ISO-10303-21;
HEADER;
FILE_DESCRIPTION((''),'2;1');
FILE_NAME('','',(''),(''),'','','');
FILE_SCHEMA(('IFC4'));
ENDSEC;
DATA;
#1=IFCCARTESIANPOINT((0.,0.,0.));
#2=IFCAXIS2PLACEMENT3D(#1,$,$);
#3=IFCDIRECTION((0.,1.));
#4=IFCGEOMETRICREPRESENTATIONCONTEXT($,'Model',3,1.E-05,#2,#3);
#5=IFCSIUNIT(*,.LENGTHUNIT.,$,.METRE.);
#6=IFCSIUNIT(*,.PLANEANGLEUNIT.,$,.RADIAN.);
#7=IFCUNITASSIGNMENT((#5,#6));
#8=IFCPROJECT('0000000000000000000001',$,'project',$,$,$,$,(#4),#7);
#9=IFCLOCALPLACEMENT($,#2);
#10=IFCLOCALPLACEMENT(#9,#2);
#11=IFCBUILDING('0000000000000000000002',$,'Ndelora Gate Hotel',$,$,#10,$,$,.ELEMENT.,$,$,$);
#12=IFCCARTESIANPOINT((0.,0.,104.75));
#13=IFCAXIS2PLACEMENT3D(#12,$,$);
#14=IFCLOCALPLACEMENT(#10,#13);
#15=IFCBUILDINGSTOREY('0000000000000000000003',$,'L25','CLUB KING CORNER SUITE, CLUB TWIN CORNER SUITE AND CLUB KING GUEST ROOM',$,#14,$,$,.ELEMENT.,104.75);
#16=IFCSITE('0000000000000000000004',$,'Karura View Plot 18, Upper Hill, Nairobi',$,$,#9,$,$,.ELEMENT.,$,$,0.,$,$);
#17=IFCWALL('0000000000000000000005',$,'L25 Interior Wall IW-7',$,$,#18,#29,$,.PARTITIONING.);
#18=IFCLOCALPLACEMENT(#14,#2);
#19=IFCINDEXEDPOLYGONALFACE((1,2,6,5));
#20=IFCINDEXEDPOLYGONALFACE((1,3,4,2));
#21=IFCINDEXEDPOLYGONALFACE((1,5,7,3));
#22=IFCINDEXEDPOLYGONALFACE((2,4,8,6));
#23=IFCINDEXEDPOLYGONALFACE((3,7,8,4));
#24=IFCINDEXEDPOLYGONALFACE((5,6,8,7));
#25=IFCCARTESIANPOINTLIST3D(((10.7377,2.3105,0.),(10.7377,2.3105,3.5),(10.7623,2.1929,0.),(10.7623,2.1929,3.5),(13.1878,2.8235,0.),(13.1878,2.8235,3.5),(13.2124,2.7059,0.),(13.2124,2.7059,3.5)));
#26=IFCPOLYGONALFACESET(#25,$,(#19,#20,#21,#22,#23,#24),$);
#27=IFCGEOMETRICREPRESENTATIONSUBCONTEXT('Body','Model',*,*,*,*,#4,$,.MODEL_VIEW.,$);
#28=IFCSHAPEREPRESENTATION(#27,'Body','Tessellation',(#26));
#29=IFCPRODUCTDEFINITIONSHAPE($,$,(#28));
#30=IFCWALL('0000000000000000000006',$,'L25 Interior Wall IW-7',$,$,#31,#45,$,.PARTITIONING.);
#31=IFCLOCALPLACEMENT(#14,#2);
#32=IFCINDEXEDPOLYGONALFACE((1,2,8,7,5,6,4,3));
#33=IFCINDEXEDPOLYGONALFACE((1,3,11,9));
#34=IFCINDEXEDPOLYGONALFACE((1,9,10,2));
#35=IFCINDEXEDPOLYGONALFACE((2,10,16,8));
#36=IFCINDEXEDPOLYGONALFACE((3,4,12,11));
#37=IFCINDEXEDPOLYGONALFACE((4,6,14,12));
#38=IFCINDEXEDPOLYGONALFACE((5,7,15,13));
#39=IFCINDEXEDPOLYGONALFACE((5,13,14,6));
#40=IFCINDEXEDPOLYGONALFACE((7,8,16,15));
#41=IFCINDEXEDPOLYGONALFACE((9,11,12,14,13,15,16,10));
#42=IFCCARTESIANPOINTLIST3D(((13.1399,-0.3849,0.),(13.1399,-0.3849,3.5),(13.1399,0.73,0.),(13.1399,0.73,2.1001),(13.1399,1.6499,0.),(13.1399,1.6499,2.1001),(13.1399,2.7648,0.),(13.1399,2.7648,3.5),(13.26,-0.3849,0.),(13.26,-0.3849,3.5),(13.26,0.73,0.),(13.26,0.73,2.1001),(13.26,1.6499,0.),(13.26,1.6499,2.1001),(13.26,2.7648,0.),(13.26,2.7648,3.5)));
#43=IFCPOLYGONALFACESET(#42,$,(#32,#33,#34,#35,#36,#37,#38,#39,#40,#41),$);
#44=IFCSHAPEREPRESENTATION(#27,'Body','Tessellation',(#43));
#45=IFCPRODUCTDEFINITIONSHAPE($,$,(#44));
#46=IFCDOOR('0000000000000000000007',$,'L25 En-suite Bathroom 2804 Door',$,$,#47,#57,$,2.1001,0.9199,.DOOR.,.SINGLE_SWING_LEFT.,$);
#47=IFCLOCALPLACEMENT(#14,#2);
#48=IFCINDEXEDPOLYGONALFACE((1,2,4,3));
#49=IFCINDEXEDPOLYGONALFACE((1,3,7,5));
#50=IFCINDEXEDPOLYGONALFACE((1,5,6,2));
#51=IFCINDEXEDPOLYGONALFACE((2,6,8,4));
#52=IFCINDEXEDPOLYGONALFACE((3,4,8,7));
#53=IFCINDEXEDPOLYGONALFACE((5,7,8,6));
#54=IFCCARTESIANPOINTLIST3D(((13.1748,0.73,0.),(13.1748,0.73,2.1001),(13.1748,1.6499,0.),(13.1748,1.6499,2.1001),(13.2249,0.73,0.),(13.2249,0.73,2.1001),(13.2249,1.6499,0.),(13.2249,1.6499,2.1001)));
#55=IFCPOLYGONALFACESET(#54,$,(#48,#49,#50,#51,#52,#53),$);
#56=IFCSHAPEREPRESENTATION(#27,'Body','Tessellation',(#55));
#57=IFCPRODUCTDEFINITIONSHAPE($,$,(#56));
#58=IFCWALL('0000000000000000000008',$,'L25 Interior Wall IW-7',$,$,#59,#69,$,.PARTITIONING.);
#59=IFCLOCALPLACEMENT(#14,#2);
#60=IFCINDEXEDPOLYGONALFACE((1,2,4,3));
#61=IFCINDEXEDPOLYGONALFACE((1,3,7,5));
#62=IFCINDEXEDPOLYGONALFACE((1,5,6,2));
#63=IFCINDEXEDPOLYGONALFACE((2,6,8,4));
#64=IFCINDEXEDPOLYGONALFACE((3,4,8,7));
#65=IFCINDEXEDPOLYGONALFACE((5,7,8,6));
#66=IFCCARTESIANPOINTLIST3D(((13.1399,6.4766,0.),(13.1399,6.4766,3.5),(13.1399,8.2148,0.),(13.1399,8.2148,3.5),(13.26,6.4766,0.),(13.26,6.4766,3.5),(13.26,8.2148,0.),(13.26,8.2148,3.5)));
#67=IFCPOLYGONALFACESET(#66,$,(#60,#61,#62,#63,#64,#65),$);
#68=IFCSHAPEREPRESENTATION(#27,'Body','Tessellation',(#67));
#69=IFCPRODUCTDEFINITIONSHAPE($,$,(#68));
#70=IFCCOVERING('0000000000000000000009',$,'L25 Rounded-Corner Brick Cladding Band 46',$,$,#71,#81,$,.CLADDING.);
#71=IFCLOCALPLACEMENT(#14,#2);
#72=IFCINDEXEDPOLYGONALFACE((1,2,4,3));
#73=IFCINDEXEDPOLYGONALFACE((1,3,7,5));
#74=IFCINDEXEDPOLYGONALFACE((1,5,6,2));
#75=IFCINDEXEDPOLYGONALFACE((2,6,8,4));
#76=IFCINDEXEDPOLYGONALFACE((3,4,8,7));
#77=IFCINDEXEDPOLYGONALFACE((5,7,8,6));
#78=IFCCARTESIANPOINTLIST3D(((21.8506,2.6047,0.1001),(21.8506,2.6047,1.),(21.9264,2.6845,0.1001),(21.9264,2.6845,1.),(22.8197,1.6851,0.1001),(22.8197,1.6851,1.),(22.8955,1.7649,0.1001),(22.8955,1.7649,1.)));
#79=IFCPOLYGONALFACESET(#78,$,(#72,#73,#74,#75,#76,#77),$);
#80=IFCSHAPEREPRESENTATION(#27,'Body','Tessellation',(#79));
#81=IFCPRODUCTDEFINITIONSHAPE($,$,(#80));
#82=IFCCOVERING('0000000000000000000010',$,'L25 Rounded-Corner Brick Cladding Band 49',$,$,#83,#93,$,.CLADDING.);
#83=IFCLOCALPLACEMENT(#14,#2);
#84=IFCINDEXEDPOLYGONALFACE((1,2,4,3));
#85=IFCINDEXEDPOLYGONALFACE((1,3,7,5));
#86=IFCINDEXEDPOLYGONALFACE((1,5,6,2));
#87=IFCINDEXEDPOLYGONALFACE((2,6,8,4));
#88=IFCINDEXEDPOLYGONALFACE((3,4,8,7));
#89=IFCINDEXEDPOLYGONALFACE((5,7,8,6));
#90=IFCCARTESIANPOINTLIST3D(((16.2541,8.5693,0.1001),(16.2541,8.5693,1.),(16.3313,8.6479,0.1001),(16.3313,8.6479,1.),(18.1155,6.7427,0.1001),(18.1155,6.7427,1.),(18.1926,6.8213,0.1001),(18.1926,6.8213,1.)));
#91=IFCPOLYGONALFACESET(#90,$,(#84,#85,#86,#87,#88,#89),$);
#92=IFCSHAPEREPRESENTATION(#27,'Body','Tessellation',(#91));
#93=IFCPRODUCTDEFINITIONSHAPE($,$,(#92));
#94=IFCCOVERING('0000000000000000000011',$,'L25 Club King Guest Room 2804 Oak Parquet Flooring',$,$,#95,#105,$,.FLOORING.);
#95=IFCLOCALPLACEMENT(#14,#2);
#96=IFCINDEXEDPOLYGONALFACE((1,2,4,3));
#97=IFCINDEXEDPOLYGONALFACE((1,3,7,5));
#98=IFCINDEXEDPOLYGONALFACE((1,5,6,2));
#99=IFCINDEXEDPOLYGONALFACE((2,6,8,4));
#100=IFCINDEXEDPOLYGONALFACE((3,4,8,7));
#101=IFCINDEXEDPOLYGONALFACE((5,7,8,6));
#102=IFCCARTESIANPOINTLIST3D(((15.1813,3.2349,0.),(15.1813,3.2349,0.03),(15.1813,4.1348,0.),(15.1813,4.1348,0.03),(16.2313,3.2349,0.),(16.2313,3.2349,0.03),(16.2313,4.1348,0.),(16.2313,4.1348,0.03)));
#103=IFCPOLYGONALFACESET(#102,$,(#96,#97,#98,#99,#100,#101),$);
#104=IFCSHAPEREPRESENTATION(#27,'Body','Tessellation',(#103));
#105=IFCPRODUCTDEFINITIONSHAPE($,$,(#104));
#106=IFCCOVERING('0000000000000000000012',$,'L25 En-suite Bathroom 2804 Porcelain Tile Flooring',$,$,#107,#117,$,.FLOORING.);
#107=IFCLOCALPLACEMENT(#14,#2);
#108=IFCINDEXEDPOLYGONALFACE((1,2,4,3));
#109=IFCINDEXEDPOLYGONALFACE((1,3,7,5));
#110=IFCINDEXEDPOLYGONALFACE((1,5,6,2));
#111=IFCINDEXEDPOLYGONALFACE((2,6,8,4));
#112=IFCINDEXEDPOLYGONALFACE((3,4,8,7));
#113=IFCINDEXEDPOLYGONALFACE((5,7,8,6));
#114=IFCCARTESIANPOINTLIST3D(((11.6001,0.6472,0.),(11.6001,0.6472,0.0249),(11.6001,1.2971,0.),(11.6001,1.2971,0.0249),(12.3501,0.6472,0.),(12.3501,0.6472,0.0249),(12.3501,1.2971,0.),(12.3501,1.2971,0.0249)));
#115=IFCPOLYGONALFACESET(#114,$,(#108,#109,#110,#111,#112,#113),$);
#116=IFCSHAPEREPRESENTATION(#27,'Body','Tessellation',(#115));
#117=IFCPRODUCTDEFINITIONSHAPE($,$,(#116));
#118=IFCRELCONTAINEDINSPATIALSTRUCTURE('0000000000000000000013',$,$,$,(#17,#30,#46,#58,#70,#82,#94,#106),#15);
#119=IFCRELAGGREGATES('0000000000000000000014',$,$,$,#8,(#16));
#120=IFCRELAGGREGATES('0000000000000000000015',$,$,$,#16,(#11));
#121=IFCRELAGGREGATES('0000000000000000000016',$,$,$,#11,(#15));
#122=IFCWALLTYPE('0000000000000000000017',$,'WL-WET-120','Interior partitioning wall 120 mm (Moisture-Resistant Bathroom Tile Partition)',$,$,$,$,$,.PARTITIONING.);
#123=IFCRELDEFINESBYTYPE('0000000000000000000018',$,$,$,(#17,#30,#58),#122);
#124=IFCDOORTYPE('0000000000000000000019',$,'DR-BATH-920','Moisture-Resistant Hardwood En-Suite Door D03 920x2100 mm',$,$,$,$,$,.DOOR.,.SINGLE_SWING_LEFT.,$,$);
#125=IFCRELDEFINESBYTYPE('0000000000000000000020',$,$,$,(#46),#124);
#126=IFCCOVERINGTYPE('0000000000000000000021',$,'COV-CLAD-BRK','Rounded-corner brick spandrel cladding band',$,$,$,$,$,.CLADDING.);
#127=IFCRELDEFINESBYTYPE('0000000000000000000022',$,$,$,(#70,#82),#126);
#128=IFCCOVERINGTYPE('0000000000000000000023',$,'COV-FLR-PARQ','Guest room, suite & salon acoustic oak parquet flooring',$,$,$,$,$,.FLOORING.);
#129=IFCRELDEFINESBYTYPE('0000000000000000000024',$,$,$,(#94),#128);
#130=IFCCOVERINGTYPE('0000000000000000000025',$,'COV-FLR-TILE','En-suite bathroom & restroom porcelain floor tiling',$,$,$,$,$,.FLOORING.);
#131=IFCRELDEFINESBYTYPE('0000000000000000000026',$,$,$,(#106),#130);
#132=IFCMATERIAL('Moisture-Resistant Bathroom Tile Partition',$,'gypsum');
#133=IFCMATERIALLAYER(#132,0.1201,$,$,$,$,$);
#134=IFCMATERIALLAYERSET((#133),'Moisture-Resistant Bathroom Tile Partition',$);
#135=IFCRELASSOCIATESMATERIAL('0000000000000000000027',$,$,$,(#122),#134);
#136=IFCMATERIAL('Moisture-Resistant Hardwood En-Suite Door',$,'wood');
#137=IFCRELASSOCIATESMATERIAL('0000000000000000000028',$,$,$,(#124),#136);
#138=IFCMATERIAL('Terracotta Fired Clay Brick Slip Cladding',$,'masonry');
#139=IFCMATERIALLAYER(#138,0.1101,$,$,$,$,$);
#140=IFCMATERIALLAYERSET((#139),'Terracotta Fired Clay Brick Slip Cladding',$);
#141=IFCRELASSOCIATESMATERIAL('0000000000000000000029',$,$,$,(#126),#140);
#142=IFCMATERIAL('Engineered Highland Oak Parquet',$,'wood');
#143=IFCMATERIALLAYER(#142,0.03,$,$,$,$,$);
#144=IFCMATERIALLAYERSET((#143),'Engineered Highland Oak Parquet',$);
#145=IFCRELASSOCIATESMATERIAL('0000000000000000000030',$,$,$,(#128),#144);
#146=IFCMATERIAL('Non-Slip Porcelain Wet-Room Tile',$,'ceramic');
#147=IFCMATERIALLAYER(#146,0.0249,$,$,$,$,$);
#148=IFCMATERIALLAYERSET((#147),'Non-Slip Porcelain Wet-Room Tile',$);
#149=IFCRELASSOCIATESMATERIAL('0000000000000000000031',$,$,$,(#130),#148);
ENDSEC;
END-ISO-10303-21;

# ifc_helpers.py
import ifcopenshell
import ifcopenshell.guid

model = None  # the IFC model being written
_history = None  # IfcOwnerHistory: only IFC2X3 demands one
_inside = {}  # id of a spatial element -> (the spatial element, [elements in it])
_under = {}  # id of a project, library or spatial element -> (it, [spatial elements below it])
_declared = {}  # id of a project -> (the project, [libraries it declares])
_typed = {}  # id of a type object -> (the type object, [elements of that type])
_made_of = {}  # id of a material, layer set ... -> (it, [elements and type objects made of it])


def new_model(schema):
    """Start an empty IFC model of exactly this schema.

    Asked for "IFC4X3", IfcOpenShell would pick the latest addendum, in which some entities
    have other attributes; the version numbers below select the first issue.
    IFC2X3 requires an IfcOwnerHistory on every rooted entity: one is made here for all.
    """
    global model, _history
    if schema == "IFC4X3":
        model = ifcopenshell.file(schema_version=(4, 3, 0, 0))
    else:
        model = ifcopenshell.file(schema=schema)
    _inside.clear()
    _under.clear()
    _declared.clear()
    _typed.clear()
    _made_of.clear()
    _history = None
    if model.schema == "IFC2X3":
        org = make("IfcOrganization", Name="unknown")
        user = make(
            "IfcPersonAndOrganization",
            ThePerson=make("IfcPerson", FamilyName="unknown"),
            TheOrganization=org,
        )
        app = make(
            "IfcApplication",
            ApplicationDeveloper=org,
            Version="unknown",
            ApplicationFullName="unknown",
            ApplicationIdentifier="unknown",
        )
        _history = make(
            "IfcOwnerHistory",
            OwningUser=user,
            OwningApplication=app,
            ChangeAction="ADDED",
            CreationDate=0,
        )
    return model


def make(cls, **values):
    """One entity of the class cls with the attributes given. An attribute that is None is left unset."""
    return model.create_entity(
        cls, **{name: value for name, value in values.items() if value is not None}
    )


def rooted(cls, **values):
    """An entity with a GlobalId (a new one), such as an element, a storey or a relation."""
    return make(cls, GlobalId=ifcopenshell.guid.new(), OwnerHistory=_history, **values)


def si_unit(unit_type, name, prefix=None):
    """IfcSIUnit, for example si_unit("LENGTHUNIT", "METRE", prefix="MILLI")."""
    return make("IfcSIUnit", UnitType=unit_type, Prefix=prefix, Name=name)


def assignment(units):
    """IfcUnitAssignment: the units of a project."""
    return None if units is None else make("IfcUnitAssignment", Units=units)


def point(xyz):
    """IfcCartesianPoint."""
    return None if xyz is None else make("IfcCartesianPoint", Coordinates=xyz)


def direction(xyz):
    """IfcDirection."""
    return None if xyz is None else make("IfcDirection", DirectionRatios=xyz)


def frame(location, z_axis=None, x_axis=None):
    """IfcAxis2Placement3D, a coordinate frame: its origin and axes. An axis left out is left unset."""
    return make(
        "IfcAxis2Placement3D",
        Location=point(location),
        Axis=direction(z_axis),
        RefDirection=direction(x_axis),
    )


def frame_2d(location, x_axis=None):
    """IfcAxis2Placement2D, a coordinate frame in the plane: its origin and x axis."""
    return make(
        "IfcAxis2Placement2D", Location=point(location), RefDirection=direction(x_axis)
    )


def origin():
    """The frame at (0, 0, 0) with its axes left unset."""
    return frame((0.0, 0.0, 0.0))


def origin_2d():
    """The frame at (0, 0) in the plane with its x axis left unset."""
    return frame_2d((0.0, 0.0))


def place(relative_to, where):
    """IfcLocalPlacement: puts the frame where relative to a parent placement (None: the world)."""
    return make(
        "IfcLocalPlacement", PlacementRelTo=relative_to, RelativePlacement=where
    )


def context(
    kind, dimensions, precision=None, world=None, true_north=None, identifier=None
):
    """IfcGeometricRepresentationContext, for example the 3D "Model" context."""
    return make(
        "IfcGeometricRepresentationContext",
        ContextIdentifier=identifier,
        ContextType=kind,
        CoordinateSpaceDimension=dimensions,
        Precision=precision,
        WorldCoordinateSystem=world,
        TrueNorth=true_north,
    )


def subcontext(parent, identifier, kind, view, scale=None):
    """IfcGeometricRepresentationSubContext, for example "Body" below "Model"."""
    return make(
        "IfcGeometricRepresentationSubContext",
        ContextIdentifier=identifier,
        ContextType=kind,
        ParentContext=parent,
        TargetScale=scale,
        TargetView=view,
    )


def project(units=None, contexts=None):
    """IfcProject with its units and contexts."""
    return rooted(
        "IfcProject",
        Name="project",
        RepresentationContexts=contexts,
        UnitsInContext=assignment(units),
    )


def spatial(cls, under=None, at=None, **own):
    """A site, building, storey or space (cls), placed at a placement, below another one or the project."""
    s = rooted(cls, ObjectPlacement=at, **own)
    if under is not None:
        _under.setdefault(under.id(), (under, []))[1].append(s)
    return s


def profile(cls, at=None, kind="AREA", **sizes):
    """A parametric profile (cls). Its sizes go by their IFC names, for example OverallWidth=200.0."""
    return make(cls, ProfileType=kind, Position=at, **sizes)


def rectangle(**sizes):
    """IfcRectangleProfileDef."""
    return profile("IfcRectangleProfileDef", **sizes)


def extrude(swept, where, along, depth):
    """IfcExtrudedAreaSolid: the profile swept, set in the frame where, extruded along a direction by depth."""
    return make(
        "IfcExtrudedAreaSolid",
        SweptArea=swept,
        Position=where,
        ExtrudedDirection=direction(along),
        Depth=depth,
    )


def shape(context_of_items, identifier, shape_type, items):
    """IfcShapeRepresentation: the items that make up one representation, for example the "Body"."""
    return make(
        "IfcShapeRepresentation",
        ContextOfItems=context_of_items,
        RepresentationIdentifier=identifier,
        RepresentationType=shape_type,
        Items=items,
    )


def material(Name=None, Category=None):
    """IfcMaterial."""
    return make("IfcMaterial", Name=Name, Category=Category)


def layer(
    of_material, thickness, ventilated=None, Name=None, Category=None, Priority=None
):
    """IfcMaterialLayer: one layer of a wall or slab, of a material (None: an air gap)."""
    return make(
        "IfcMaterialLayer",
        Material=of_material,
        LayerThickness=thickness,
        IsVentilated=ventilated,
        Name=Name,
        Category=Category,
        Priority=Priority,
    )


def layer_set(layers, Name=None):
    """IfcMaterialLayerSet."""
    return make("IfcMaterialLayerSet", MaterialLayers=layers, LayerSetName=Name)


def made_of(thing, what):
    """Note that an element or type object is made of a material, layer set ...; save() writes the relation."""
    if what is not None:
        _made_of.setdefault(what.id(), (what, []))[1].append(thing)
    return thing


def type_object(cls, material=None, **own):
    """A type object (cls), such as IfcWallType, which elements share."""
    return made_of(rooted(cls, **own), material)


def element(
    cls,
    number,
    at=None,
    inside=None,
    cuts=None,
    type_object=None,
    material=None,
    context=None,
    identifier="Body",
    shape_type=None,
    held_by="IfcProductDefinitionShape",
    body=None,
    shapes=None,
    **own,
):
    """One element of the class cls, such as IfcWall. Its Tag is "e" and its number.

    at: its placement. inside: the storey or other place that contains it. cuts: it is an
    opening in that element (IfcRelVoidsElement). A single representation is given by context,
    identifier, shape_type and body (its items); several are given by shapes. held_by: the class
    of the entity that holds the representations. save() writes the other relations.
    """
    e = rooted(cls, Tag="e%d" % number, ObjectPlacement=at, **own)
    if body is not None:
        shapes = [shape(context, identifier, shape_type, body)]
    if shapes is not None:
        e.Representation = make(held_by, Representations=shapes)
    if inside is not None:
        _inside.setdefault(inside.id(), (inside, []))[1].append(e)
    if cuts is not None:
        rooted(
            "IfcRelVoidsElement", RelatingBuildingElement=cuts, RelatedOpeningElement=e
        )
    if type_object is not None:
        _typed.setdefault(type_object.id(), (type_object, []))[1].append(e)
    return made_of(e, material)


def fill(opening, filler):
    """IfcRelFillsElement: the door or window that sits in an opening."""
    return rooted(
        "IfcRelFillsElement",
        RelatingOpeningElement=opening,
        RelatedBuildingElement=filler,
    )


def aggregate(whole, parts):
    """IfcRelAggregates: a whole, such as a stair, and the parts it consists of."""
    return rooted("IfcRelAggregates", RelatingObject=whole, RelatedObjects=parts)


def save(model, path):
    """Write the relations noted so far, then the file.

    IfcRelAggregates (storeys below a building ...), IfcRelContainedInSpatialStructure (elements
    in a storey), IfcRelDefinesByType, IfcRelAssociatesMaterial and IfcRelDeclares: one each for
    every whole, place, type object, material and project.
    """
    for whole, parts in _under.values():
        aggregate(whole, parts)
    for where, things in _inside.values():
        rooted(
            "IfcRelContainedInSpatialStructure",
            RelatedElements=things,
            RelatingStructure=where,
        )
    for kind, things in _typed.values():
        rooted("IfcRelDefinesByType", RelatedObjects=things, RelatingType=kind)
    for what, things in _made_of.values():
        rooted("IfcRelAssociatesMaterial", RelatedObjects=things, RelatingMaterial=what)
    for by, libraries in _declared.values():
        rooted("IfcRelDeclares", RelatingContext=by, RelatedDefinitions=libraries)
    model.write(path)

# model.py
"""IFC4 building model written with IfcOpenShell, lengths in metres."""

from ifc_helpers import new_model, si_unit, direction, frame, frame_2d, origin, origin_2d, place, context, subcontext, project, spatial, rectangle, extrude, material, layer, layer_set, type_object, element, fill, save


model = new_model("IFC4")

# Units and contexts
model_context = context("Model", 3, precision=1e-05, world=origin(), true_north=direction((0.0, 1.0)))
body_context = subcontext(model_context, "Body", "Model", "MODEL_VIEW")
ifc_project = project(units=[si_unit("LENGTHUNIT", "METRE"), si_unit("PLANEANGLEUNIT", "RADIAN")], contexts=[model_context])

# Site, building, storey
site_placement = place(None, origin())
site = spatial("IfcSite", under=ifc_project, at=site_placement, Name="Karura View Plot 18, Upper Hill, Nairobi", CompositionType="ELEMENT", RefElevation=0.0)
building_placement = place(site_placement, origin())
building = spatial("IfcBuilding", under=site, at=building_placement, Name="Ndelora Gate Hotel", CompositionType="ELEMENT")
storey_placement = place(building_placement, frame((0.0, 0.0, 104.75)))
storey = spatial("IfcBuildingStorey", under=building, at=storey_placement, Name="L25", Description="CLUB KING CORNER SUITE, CLUB TWIN CORNER SUITE AND CLUB KING GUEST ROOM", CompositionType="ELEMENT", Elevation=104.75)

# Wall
ifc_material_1 = material(Name="Moisture-Resistant Bathroom Tile Partition", Category="gypsum")
ifc_layer_1 = layer(ifc_material_1, 0.1201)
ifc_layer_set_1 = layer_set([ifc_layer_1], Name="Moisture-Resistant Bathroom Tile Partition")
wall_type_1 = type_object("IfcWallType", Name="WL-WET-120", Description="Interior partitioning wall 120 mm (Moisture-Resistant Bathroom Tile Partition)", PredefinedType="PARTITIONING", material=ifc_layer_set_1)
wall_1_placement = place(storey_placement, frame((13.2, 2.7646, 0.0), z_axis=(0.0, 0.0, 1.0), x_axis=(-0.978778, -0.204924, 0.0)))
element("IfcWall", 1, at=wall_1_placement, inside=storey, type_object=wall_type_1, Name="L25 Interior Wall IW-7", PredefinedType="PARTITIONING", context=body_context, shape_type="SweptSolid", body=[
    extrude(rectangle(XDim=2.5032, YDim=0.1201, at=frame_2d((1.2515, 0.0))), origin(), (0.0, 0.0, 1.0), 3.5),
])

# Wall, opening, door
wall_2_placement = place(storey_placement, frame((13.2, 2.7646, 0.0), z_axis=(0.0, 0.0, 1.0), x_axis=(0.0, -1.0, 0.0)))
wall_2 = element("IfcWall", 2, at=wall_2_placement, inside=storey, type_object=wall_type_1, Name="L25 Interior Wall IW-7", PredefinedType="PARTITIONING", context=body_context, shape_type="SweptSolid", body=[
    extrude(rectangle(XDim=3.1497, YDim=0.1201, at=frame_2d((1.5747, 0.0))), origin(), (0.0, 0.0, 1.0), 3.5),
])
opening_1_placement = place(wall_2_placement, frame((1.1147, 0.0, 0.0)))
opening_1 = element("IfcOpeningElement", 3, at=opening_1_placement, cuts=wall_2, PredefinedType="OPENING", context=body_context, shape_type="SweptSolid", body=[
    extrude(rectangle(XDim=0.9199, YDim=2.1001, at=frame_2d((0.46, 1.05))), frame((0.0, 0.0701, 0.0), z_axis=(0.0, -1.0, 0.0), x_axis=(1.0, 0.0, 0.0)), (0.0, 0.0, 1.0), 0.1401),
])
ifc_material_2 = material(Name="Moisture-Resistant Hardwood En-Suite Door", Category="wood")
door_type = type_object("IfcDoorType", Name="DR-BATH-920", Description="Moisture-Resistant Hardwood En-Suite Door D03 920x2100 mm", OperationType="SINGLE_SWING_LEFT", PredefinedType="DOOR", material=ifc_material_2)
door_placement = place(opening_1_placement, origin())
door = element("IfcDoor", 4, at=door_placement, inside=storey, type_object=door_type, Name="L25 En-suite Bathroom 2804 Door", OperationType="SINGLE_SWING_LEFT", OverallHeight=2.1001, OverallWidth=0.9199, PredefinedType="DOOR", context=body_context, shape_type="SweptSolid", body=[
    extrude(rectangle(XDim=0.9199, YDim=2.1001, at=frame_2d((0.46, 1.05))), frame((0.0, 0.0249, 0.0), z_axis=(0.0, -1.0, 0.0), x_axis=(1.0, 0.0, 0.0)), (0.0, 0.0, 1.0), 0.05),
])
fill(opening_1, door)

# Wall
wall_3_placement = place(storey_placement, frame((13.2, 6.4766, 0.0), z_axis=(0.0, 0.0, 1.0), x_axis=(0.0, 1.0, 0.0)))
element("IfcWall", 5, at=wall_3_placement, inside=storey, type_object=wall_type_1, Name="L25 Interior Wall IW-7", PredefinedType="PARTITIONING", context=body_context, shape_type="SweptSolid", body=[
    extrude(rectangle(XDim=1.7383, YDim=0.1201, at=frame_2d((0.8691, 0.0))), origin(), (0.0, 0.0, 1.0), 3.5),
])

# Coverings
ifc_material_3 = material(Name="Terracotta Fired Clay Brick Slip Cladding", Category="masonry")
ifc_layer_2 = layer(ifc_material_3, 0.1101)
ifc_layer_set_2 = layer_set([ifc_layer_2], Name="Terracotta Fired Clay Brick Slip Cladding")
covering_type_1 = type_object("IfcCoveringType", Name="COV-CLAD-BRK", Description="Rounded-corner brick spandrel cladding band", PredefinedType="CLADDING", material=ifc_layer_set_2)
covering_1_placement = place(storey_placement, frame((22.373, 2.1848, 0.1001), z_axis=(0.0, 0.0, 1.0), x_axis=(-0.725374, 0.688355, 0.0)))
element("IfcCovering", 6, at=covering_1_placement, inside=storey, type_object=covering_type_1, Name="L25 Rounded-Corner Brick Cladding Band 46", PredefinedType="CLADDING", context=body_context, shape_type="SweptSolid", body=[
    extrude(rectangle(XDim=1.3359, YDim=0.1101, at=origin_2d()), origin(), (0.0, 0.0, 1.0), 0.8999),
])
covering_2_placement = place(storey_placement, frame((17.2234, 7.6953, 0.1001), z_axis=(0.0, 0.0, 1.0), x_axis=(-0.71374, 0.700411, 0.0)))
element("IfcCovering", 7, at=covering_2_placement, inside=storey, type_object=covering_type_1, Name="L25 Rounded-Corner Brick Cladding Band 49", PredefinedType="CLADDING", context=body_context, shape_type="SweptSolid", body=[
    extrude(rectangle(XDim=2.6079, YDim=0.1101, at=origin_2d()), origin(), (0.0, 0.0, 1.0), 0.8999),
])
ifc_material_4 = material(Name="Engineered Highland Oak Parquet", Category="wood")
ifc_layer_3 = layer(ifc_material_4, 0.03)
ifc_layer_set_3 = layer_set([ifc_layer_3], Name="Engineered Highland Oak Parquet")
covering_type_2 = type_object("IfcCoveringType", Name="COV-FLR-PARQ", Description="Guest room, suite & salon acoustic oak parquet flooring", PredefinedType="FLOORING", material=ifc_layer_set_3)
covering_3_placement = place(storey_placement, frame((15.7063, 3.6848, 0.0), z_axis=(0.0, 0.0, 1.0), x_axis=(1.0, 0.0, 0.0)))
element("IfcCovering", 8, at=covering_3_placement, inside=storey, type_object=covering_type_2, Name="L25 Club King Guest Room 2804 Oak Parquet Flooring", PredefinedType="FLOORING", context=body_context, shape_type="SweptSolid", body=[
    extrude(rectangle(XDim=1.05, YDim=0.8999, at=origin_2d()), origin(), (0.0, 0.0, 1.0), 0.03),
])
ifc_material_5 = material(Name="Non-Slip Porcelain Wet-Room Tile", Category="ceramic")
ifc_layer_4 = layer(ifc_material_5, 0.0249)
ifc_layer_set_4 = layer_set([ifc_layer_4], Name="Non-Slip Porcelain Wet-Room Tile")
covering_type_3 = type_object("IfcCoveringType", Name="COV-FLR-TILE", Description="En-suite bathroom & restroom porcelain floor tiling", PredefinedType="FLOORING", material=ifc_layer_set_4)
covering_4_placement = place(storey_placement, frame((11.9751, 0.9722, 0.0), z_axis=(0.0, 0.0, 1.0), x_axis=(1.0, 0.0, 0.0)))
element("IfcCovering", 9, at=covering_4_placement, inside=storey, type_object=covering_type_3, Name="L25 En-suite Bathroom 2804 Porcelain Tile Flooring", PredefinedType="FLOORING", context=body_context, shape_type="SweptSolid", body=[
    extrude(rectangle(XDim=0.75, YDim=0.6499, at=origin_2d()), origin(), (0.0, 0.0, 1.0), 0.0249),
])

save(model, "model.ifc")
